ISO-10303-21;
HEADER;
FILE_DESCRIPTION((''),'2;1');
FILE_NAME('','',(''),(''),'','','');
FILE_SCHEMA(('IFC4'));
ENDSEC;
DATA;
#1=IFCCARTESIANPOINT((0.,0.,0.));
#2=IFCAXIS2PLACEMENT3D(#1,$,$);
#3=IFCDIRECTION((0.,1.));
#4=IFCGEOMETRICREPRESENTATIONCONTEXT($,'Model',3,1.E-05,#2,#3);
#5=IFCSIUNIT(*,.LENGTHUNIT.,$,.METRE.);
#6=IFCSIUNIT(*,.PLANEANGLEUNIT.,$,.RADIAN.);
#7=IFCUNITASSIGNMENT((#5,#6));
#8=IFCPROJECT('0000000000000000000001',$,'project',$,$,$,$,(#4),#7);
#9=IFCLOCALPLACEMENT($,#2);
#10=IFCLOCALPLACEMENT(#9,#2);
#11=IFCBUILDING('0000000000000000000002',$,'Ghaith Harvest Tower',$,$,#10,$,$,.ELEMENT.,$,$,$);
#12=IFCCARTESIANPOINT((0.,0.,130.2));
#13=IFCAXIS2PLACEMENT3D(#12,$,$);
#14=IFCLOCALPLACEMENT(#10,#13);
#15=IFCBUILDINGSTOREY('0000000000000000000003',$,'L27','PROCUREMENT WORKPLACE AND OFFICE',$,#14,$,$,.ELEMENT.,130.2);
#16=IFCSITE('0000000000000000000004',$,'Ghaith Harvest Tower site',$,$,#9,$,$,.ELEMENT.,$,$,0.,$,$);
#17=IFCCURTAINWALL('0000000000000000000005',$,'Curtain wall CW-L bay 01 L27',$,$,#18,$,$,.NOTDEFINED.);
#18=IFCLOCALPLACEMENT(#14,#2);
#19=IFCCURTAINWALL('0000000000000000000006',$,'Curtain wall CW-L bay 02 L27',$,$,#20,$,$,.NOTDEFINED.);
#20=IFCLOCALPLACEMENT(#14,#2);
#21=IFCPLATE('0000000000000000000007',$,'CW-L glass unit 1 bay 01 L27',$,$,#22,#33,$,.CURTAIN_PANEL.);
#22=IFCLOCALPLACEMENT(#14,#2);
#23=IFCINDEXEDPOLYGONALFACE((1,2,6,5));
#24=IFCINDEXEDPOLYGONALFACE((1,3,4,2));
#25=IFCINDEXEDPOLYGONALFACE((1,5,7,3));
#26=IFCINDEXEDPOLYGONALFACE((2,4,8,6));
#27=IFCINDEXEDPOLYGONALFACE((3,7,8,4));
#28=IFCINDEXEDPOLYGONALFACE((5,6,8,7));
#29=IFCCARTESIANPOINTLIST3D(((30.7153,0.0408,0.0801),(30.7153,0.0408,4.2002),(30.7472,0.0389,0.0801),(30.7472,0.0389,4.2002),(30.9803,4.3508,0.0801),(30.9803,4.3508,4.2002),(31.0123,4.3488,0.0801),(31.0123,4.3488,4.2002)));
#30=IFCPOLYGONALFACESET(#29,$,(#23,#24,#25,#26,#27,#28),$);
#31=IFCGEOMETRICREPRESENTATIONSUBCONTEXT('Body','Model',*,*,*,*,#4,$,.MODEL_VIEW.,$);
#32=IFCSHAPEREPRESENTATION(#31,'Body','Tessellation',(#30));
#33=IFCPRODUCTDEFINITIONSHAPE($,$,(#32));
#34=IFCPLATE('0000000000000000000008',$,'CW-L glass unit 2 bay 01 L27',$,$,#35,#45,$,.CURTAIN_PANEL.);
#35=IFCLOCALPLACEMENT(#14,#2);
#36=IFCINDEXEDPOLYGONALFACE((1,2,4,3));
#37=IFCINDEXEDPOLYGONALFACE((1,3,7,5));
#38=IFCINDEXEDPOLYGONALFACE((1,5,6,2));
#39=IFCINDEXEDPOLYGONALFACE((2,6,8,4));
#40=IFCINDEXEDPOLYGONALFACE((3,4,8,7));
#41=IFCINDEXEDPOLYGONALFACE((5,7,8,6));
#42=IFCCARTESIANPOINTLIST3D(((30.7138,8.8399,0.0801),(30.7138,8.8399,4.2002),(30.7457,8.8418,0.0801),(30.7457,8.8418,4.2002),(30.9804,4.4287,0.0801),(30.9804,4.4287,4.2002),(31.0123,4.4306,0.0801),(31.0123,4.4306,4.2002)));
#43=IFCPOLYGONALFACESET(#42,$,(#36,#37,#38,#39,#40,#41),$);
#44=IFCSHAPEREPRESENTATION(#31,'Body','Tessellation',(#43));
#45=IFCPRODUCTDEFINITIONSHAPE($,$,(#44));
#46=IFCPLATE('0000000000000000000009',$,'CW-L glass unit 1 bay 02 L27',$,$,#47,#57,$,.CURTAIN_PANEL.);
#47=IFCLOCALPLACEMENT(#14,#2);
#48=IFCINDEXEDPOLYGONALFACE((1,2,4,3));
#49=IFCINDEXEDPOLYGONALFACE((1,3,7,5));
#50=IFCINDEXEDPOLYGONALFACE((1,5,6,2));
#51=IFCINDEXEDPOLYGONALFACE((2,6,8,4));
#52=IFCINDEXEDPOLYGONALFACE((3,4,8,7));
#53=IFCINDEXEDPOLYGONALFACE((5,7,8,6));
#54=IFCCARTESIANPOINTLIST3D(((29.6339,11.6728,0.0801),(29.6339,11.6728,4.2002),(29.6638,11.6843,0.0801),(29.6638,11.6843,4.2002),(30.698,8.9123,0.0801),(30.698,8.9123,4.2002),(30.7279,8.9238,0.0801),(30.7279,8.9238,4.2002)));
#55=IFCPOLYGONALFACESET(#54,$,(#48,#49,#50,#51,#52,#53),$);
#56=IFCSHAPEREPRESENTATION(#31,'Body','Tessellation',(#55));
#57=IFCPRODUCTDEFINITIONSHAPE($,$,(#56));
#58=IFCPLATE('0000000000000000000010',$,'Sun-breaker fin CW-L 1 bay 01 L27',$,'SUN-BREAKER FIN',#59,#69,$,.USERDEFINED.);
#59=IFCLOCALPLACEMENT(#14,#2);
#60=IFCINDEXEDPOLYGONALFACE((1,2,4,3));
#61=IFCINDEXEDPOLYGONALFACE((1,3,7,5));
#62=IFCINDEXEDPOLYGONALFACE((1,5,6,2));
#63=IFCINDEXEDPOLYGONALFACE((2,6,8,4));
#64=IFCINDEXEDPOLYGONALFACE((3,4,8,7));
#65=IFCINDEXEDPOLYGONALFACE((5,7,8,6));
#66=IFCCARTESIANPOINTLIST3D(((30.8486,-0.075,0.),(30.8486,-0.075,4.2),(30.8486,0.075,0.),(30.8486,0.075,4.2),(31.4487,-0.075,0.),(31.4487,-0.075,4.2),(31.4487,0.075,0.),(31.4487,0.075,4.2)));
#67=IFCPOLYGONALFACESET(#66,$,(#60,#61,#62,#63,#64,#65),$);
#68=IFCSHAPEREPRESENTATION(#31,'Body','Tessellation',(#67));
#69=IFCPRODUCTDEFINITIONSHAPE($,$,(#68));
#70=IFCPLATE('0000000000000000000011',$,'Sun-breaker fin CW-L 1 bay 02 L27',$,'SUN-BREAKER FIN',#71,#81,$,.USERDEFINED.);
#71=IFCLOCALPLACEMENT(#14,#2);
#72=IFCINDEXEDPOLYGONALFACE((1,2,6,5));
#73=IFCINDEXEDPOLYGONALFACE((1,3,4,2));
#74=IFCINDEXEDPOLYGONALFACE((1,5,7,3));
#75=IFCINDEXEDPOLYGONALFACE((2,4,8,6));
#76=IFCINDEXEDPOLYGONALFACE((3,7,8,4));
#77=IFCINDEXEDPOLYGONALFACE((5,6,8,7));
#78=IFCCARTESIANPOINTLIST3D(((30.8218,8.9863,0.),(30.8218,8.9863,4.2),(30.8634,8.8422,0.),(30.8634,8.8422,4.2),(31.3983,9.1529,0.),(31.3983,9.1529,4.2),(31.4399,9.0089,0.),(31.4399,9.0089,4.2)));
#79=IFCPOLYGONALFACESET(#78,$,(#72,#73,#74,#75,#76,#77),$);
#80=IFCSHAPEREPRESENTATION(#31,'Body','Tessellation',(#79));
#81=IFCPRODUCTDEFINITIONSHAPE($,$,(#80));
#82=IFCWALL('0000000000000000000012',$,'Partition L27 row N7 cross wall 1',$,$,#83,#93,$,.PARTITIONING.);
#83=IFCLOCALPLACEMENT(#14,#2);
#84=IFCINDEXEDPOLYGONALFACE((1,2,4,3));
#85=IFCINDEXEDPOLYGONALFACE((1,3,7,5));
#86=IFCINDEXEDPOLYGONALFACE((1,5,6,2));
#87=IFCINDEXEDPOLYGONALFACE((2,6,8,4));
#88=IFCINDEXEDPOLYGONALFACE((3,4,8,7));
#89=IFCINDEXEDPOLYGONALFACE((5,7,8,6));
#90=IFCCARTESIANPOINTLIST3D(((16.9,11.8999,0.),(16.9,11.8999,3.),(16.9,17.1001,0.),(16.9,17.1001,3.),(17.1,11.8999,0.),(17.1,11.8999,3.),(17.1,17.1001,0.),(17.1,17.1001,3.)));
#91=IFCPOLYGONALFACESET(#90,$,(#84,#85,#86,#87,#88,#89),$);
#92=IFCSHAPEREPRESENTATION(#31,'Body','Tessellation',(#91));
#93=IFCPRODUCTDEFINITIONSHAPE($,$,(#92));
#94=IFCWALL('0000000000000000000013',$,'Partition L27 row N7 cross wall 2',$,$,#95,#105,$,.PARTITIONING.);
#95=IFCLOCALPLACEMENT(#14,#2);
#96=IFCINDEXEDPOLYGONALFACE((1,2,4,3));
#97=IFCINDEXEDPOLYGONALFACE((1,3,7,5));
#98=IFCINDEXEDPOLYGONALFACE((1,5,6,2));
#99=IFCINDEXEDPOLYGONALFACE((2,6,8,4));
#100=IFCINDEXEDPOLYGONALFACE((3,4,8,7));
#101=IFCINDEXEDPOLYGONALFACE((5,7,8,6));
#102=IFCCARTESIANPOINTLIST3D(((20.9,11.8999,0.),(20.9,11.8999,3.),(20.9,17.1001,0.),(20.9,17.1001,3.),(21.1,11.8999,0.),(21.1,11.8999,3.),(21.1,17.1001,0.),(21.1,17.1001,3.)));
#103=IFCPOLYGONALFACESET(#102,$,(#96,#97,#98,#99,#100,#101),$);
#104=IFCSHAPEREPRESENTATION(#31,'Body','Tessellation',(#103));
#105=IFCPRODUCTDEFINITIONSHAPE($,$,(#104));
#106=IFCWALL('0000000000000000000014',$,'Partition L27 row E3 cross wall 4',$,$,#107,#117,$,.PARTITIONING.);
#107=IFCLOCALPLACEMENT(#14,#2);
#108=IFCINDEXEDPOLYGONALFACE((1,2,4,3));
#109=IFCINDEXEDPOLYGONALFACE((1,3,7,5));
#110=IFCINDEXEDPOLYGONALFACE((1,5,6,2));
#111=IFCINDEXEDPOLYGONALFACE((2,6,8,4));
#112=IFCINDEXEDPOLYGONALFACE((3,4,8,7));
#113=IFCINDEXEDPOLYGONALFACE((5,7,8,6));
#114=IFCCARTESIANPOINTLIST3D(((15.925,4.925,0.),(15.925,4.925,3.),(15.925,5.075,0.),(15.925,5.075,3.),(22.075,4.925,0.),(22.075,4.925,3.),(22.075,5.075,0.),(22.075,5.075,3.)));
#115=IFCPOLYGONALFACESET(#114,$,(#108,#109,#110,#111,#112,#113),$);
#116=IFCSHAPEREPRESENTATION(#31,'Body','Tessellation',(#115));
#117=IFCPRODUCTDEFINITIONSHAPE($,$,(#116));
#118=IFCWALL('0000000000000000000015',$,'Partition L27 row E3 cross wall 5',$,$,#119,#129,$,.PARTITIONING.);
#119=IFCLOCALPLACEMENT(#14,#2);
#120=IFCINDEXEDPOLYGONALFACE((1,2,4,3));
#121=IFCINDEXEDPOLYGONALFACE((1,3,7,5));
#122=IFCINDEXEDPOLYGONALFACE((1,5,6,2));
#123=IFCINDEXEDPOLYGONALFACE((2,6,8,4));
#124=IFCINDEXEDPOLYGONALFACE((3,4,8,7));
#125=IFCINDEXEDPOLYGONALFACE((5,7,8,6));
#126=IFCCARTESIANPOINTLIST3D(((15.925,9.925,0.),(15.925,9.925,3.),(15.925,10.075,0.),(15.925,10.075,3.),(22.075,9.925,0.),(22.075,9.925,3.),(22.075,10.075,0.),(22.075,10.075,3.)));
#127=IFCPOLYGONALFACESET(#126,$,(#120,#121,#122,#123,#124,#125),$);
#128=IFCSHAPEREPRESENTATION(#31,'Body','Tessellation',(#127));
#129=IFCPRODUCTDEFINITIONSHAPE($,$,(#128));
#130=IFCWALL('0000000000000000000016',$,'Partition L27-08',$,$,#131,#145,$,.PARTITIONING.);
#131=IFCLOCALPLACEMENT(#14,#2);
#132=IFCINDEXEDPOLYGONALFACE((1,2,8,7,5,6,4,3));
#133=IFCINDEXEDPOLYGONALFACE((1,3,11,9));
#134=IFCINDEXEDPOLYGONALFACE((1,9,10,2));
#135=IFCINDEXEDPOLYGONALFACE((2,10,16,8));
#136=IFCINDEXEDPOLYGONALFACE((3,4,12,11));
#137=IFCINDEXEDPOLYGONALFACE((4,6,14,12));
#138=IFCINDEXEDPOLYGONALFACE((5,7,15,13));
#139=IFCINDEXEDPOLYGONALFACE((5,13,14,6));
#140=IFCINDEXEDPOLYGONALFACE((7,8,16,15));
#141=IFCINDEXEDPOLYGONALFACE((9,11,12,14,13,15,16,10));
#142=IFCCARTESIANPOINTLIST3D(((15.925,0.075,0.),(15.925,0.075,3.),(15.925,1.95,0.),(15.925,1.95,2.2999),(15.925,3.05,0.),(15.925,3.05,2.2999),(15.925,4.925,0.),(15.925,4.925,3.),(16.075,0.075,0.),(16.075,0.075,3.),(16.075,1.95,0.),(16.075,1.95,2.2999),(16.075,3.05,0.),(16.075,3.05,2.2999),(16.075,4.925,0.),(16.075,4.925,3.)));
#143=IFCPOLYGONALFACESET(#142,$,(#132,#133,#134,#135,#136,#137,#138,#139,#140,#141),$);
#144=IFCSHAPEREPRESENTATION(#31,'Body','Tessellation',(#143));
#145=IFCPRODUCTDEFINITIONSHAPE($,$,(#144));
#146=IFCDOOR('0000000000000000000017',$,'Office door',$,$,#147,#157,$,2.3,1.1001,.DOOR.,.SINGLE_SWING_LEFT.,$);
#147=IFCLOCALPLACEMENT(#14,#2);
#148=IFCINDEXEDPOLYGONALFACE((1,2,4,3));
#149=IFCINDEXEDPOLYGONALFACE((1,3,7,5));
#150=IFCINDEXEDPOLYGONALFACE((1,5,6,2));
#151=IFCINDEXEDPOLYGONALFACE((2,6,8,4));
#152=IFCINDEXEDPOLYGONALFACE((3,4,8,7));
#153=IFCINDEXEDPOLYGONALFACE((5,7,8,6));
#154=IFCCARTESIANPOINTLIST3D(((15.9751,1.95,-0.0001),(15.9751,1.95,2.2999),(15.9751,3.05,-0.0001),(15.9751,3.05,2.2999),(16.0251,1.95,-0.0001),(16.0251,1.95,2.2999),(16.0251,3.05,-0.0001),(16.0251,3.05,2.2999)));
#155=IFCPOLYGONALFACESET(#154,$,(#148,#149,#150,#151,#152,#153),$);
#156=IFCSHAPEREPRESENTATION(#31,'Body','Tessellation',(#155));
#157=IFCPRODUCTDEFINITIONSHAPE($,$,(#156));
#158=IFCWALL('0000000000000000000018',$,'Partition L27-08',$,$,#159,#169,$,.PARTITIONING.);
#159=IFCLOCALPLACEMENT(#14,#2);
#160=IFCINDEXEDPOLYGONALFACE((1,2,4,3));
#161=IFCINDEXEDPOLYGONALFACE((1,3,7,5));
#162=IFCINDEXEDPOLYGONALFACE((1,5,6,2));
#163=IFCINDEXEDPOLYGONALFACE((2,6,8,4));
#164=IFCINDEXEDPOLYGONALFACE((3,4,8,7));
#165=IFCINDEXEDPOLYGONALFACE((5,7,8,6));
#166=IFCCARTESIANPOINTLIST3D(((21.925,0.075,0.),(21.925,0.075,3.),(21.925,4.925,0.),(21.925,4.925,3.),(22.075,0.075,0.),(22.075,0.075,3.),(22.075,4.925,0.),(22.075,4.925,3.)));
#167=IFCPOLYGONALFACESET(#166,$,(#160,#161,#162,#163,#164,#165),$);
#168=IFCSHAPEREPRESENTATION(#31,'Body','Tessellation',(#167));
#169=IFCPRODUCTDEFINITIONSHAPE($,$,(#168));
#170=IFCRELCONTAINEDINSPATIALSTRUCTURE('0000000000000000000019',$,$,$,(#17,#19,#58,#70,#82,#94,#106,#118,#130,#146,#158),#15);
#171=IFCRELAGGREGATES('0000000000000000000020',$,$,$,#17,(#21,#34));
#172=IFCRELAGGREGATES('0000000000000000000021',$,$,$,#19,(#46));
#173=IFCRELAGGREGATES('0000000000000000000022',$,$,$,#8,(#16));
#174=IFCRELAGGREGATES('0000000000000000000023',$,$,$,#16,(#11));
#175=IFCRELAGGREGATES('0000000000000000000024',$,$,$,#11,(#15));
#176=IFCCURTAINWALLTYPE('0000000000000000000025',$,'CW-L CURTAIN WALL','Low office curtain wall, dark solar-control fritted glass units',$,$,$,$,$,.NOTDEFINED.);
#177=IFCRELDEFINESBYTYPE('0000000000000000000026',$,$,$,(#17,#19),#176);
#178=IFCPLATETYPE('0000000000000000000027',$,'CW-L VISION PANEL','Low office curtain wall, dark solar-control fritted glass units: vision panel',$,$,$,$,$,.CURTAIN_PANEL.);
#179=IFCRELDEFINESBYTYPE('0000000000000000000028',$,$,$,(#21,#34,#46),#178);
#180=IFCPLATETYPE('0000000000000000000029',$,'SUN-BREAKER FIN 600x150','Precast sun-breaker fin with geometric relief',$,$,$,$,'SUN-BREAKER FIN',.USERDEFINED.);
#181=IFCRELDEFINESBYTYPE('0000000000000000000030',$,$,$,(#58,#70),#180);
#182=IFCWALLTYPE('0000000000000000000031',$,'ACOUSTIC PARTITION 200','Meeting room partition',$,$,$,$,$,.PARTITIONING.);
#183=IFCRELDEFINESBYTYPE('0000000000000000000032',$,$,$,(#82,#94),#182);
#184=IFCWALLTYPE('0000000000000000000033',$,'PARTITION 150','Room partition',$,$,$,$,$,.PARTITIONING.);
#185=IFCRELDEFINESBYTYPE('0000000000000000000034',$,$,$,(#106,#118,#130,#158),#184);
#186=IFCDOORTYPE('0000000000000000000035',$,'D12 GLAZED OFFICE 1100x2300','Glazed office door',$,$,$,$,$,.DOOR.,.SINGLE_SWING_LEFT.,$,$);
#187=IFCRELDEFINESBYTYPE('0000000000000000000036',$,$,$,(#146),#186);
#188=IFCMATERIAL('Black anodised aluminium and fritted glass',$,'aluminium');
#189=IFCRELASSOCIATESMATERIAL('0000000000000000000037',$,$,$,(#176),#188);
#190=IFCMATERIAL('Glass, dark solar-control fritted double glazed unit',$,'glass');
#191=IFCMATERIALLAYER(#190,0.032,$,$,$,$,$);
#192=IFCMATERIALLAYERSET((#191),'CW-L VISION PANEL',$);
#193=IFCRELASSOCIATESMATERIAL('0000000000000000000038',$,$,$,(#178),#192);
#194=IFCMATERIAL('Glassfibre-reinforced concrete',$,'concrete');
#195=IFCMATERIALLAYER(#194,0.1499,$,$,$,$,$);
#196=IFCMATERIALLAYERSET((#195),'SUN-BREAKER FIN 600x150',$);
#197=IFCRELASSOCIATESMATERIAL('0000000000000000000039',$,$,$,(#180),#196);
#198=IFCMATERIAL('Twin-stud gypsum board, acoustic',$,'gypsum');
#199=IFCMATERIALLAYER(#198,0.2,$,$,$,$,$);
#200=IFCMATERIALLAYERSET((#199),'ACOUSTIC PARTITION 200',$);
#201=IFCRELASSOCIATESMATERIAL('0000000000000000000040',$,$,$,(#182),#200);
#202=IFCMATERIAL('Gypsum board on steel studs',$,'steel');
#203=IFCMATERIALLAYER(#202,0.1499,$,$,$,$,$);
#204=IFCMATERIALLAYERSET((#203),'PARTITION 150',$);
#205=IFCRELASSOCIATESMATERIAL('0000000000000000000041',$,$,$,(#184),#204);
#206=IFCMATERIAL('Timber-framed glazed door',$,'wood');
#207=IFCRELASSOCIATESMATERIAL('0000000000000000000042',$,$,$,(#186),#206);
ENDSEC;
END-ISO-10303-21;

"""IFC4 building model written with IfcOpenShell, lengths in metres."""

from ifc_helpers import new_model, si_unit, direction, frame, frame_2d, origin, origin_2d, place, context, subcontext, project, spatial, rectangle, extrude, material, layer, layer_set, type_object, element, fill, aggregate, save


model = new_model("IFC4")

# Units and contexts
model_context = context("Model", 3, precision=1e-05, world=origin(), true_north=direction((0.0, 1.0)))
body_context = subcontext(model_context, "Body", "Model", "MODEL_VIEW")
ifc_project = project(units=[si_unit("LENGTHUNIT", "METRE"), si_unit("PLANEANGLEUNIT", "RADIAN")], contexts=[model_context])

# Site, building, storey
site_placement = place(None, origin())
site = spatial("IfcSite", under=ifc_project, at=site_placement, Name="Ghaith Harvest Tower site", CompositionType="ELEMENT", RefElevation=0.0)
building_placement = place(site_placement, origin())
building = spatial("IfcBuilding", under=site, at=building_placement, Name="Ghaith Harvest Tower", CompositionType="ELEMENT")
storey_placement = place(building_placement, frame((0.0, 0.0, 130.2)))
storey = spatial("IfcBuildingStorey", under=building, at=storey_placement, Name="L27", Description="PROCUREMENT WORKPLACE AND OFFICE", CompositionType="ELEMENT", Elevation=130.2)

# Curtain walls
ifc_material_1 = material(Name="Black anodised aluminium and fritted glass", Category="aluminium")
curtain_wall_type = type_object("IfcCurtainWallType", Name="CW-L CURTAIN WALL", Description="Low office curtain wall, dark solar-control fritted glass units", PredefinedType="NOTDEFINED", material=ifc_material_1)
curtain_wall_1_placement = place(storey_placement, origin())
curtain_wall_1 = element("IfcCurtainWall", 1, at=curtain_wall_1_placement, inside=storey, type_object=curtain_wall_type, Name="Curtain wall CW-L bay 01 L27", PredefinedType="NOTDEFINED")
curtain_wall_2_placement = place(storey_placement, origin())
curtain_wall_2 = element("IfcCurtainWall", 2, at=curtain_wall_2_placement, inside=storey, type_object=curtain_wall_type, Name="Curtain wall CW-L bay 02 L27", PredefinedType="NOTDEFINED")

# Plates
ifc_material_2 = material(Name="Glass, dark solar-control fritted double glazed unit", Category="glass")
ifc_layer_1 = layer(ifc_material_2, 0.032)
ifc_layer_set_1 = layer_set([ifc_layer_1], Name="CW-L VISION PANEL")
plate_type_1 = type_object("IfcPlateType", Name="CW-L VISION PANEL", Description="Low office curtain wall, dark solar-control fritted glass units: vision panel", PredefinedType="CURTAIN_PANEL", material=ifc_layer_set_1)
plate_1_placement = place(storey_placement, frame((30.8638, 2.1948, 0.0801), z_axis=(0.0, 0.0, 1.0), x_axis=(0.06138, 0.998114, 0.0)))
plate_1 = element("IfcPlate", 3, at=plate_1_placement, type_object=plate_type_1, Name="CW-L glass unit 1 bay 01 L27", PredefinedType="CURTAIN_PANEL", context=body_context, shape_type="SweptSolid", body=[
    extrude(rectangle(XDim=4.3181, YDim=0.032, at=origin_2d()), origin(), (0.0, 0.0, 1.0), 4.1201),
])
plate_2_placement = place(storey_placement, frame((30.863, 6.6353, 0.0801), z_axis=(0.0, 0.0, 1.0), x_axis=(-0.060321, 0.998179, 0.0)))
plate_2 = element("IfcPlate", 4, at=plate_2_placement, type_object=plate_type_1, Name="CW-L glass unit 2 bay 01 L27", PredefinedType="CURTAIN_PANEL", context=body_context, shape_type="SweptSolid", body=[
    extrude(rectangle(XDim=4.4192, YDim=0.032, at=origin_2d()), origin(), (0.0, 0.0, 1.0), 4.1201),
])
aggregate(curtain_wall_1, [plate_1, plate_2])
plate_3_placement = place(storey_placement, frame((30.1809, 10.2983, 0.0801), z_axis=(0.0, 0.0, 1.0), x_axis=(-0.359677, 0.933077, 0.0)))
plate_3 = element("IfcPlate", 5, at=plate_3_placement, type_object=plate_type_1, Name="CW-L glass unit 1 bay 02 L27", PredefinedType="CURTAIN_PANEL", context=body_context, shape_type="SweptSolid", body=[
    extrude(rectangle(XDim=2.9585, YDim=0.032, at=origin_2d()), origin(), (0.0, 0.0, 1.0), 4.1201),
])
aggregate(curtain_wall_2, [plate_3])

# Plates
ifc_material_3 = material(Name="Glassfibre-reinforced concrete", Category="concrete")
ifc_layer_2 = layer(ifc_material_3, 0.1499)
ifc_layer_set_2 = layer_set([ifc_layer_2], Name="SUN-BREAKER FIN 600x150")
plate_type_2 = type_object("IfcPlateType", Name="SUN-BREAKER FIN 600x150", Description="Precast sun-breaker fin with geometric relief", ElementType="SUN-BREAKER FIN", PredefinedType="USERDEFINED", material=ifc_layer_set_2)
for number, where, z_axis, x_axis, name in (
    (6, (31.1487, 0.0, 0.0), (0.0, 0.0, 1.0), (1.0, 0.0, 0.0), "Sun-breaker fin CW-L 1 bay 01 L27"),
    (7, (31.1309, 8.9976, 0.0), (0.0, 0.0, 1.0), (0.96068, 0.277657, 0.0), "Sun-breaker fin CW-L 1 bay 02 L27"),
):
    element("IfcPlate", number, at=place(storey_placement, frame(where, z_axis=z_axis, x_axis=x_axis)), inside=storey, type_object=plate_type_2, Name=name, ObjectType="SUN-BREAKER FIN", PredefinedType="USERDEFINED", context=body_context, shape_type="SweptSolid", body=[
        extrude(rectangle(XDim=0.6001, YDim=0.1499, at=origin_2d()), origin(), (0.0, 0.0, 1.0), 4.2),
    ])

# Walls
ifc_material_4 = material(Name="Twin-stud gypsum board, acoustic", Category="gypsum")
ifc_layer_3 = layer(ifc_material_4, 0.2)
ifc_layer_set_3 = layer_set([ifc_layer_3], Name="ACOUSTIC PARTITION 200")
wall_type_1 = type_object("IfcWallType", Name="ACOUSTIC PARTITION 200", Description="Meeting room partition", PredefinedType="PARTITIONING", material=ifc_layer_set_3)
for number, where, z_axis, x_axis, name in (
    (8, (17.0, 11.8999, 0.0), (0.0, 0.0, 1.0), (0.0, 1.0, 0.0), "Partition L27 row N7 cross wall 1"),
    (9, (21.0, 11.8999, 0.0), (0.0, 0.0, 1.0), (0.0, 1.0, 0.0), "Partition L27 row N7 cross wall 2"),
):
    element("IfcWall", number, at=place(storey_placement, frame(where, z_axis=z_axis, x_axis=x_axis)), inside=storey, type_object=wall_type_1, Name=name, PredefinedType="PARTITIONING", context=body_context, shape_type="SweptSolid", body=[
        extrude(rectangle(XDim=5.2002, YDim=0.2, at=frame_2d((2.6001, 0.0))), origin(), (0.0, 0.0, 1.0), 3.0),
    ])
ifc_material_5 = material(Name="Gypsum board on steel studs", Category="steel")
ifc_layer_4 = layer(ifc_material_5, 0.1499)
ifc_layer_set_4 = layer_set([ifc_layer_4], Name="PARTITION 150")
wall_type_2 = type_object("IfcWallType", Name="PARTITION 150", Description="Room partition", PredefinedType="PARTITIONING", material=ifc_layer_set_4)
for number, where, z_axis, x_axis, name in (
    (10, (15.925, 5.0, 0.0), (0.0, 0.0, 1.0), (1.0, 0.0, 0.0), "Partition L27 row E3 cross wall 4"),
    (11, (15.925, 10.0, 0.0), (0.0, 0.0, 1.0), (1.0, 0.0, 0.0), "Partition L27 row E3 cross wall 5"),
):
    element("IfcWall", number, at=place(storey_placement, frame(where, z_axis=z_axis, x_axis=x_axis)), inside=storey, type_object=wall_type_2, Name=name, PredefinedType="PARTITIONING", context=body_context, shape_type="SweptSolid", body=[
        extrude(rectangle(XDim=6.1499, YDim=0.1499, at=frame_2d((3.075, 0.0))), origin(), (0.0, 0.0, 1.0), 3.0),
    ])

# Wall, opening, door
wall_1_placement = place(storey_placement, frame((16.0, 0.075, 0.0), z_axis=(0.0, 0.0, 1.0), x_axis=(0.0, 1.0, 0.0)))
wall_1 = element("IfcWall", 12, at=wall_1_placement, inside=storey, type_object=wall_type_2, Name="Partition L27-08", PredefinedType="PARTITIONING", context=body_context, shape_type="SweptSolid", body=[
    extrude(rectangle(XDim=4.8501, YDim=0.1499, at=frame_2d((2.425, 0.0))), origin(), (0.0, 0.0, 1.0), 3.0),
])
opening_1_placement = place(wall_1_placement, frame((1.875, 0.0, 0.0)))
opening_1 = element("IfcOpeningElement", 13, at=opening_1_placement, cuts=wall_1, PredefinedType="OPENING", context=body_context, shape_type="SweptSolid", body=[
    extrude(rectangle(XDim=1.1001, YDim=2.3, at=frame_2d((0.55, 1.1499))), frame((0.0, 0.085, 0.0), z_axis=(0.0, -1.0, 0.0), x_axis=(1.0, 0.0, 0.0)), (0.0, 0.0, 1.0), 0.1699),
])
ifc_material_6 = material(Name="Timber-framed glazed door", Category="wood")
door_type = type_object("IfcDoorType", Name="D12 GLAZED OFFICE 1100x2300", Description="Glazed office door", OperationType="SINGLE_SWING_LEFT", PredefinedType="DOOR", material=ifc_material_6)
door_1_placement = place(opening_1_placement, origin())
door_1 = element("IfcDoor", 14, at=door_1_placement, inside=storey, type_object=door_type, Name="Office door", OperationType="SINGLE_SWING_LEFT", OverallHeight=2.3, OverallWidth=1.1001, PredefinedType="DOOR", context=body_context, shape_type="SweptSolid", body=[
    extrude(rectangle(XDim=1.1001, YDim=2.3, at=frame_2d((0.55, 1.1499))), frame((0.0, 0.0249, 0.0), z_axis=(0.0, -1.0, 0.0), x_axis=(1.0, 0.0, 0.0)), (0.0, 0.0, 1.0), 0.05),
])
fill(opening_1, door_1)

# Wall
wall_2_placement = place(storey_placement, frame((22.0, 0.075, 0.0), z_axis=(0.0, 0.0, 1.0), x_axis=(0.0, 1.0, 0.0)))
element("IfcWall", 15, at=wall_2_placement, inside=storey, type_object=wall_type_2, Name="Partition L27-08", PredefinedType="PARTITIONING", context=body_context, shape_type="SweptSolid", body=[
    extrude(rectangle(XDim=4.8501, YDim=0.1499, at=frame_2d((2.425, 0.0))), origin(), (0.0, 0.0, 1.0), 3.0),
])

save(model, "model.ifc")
